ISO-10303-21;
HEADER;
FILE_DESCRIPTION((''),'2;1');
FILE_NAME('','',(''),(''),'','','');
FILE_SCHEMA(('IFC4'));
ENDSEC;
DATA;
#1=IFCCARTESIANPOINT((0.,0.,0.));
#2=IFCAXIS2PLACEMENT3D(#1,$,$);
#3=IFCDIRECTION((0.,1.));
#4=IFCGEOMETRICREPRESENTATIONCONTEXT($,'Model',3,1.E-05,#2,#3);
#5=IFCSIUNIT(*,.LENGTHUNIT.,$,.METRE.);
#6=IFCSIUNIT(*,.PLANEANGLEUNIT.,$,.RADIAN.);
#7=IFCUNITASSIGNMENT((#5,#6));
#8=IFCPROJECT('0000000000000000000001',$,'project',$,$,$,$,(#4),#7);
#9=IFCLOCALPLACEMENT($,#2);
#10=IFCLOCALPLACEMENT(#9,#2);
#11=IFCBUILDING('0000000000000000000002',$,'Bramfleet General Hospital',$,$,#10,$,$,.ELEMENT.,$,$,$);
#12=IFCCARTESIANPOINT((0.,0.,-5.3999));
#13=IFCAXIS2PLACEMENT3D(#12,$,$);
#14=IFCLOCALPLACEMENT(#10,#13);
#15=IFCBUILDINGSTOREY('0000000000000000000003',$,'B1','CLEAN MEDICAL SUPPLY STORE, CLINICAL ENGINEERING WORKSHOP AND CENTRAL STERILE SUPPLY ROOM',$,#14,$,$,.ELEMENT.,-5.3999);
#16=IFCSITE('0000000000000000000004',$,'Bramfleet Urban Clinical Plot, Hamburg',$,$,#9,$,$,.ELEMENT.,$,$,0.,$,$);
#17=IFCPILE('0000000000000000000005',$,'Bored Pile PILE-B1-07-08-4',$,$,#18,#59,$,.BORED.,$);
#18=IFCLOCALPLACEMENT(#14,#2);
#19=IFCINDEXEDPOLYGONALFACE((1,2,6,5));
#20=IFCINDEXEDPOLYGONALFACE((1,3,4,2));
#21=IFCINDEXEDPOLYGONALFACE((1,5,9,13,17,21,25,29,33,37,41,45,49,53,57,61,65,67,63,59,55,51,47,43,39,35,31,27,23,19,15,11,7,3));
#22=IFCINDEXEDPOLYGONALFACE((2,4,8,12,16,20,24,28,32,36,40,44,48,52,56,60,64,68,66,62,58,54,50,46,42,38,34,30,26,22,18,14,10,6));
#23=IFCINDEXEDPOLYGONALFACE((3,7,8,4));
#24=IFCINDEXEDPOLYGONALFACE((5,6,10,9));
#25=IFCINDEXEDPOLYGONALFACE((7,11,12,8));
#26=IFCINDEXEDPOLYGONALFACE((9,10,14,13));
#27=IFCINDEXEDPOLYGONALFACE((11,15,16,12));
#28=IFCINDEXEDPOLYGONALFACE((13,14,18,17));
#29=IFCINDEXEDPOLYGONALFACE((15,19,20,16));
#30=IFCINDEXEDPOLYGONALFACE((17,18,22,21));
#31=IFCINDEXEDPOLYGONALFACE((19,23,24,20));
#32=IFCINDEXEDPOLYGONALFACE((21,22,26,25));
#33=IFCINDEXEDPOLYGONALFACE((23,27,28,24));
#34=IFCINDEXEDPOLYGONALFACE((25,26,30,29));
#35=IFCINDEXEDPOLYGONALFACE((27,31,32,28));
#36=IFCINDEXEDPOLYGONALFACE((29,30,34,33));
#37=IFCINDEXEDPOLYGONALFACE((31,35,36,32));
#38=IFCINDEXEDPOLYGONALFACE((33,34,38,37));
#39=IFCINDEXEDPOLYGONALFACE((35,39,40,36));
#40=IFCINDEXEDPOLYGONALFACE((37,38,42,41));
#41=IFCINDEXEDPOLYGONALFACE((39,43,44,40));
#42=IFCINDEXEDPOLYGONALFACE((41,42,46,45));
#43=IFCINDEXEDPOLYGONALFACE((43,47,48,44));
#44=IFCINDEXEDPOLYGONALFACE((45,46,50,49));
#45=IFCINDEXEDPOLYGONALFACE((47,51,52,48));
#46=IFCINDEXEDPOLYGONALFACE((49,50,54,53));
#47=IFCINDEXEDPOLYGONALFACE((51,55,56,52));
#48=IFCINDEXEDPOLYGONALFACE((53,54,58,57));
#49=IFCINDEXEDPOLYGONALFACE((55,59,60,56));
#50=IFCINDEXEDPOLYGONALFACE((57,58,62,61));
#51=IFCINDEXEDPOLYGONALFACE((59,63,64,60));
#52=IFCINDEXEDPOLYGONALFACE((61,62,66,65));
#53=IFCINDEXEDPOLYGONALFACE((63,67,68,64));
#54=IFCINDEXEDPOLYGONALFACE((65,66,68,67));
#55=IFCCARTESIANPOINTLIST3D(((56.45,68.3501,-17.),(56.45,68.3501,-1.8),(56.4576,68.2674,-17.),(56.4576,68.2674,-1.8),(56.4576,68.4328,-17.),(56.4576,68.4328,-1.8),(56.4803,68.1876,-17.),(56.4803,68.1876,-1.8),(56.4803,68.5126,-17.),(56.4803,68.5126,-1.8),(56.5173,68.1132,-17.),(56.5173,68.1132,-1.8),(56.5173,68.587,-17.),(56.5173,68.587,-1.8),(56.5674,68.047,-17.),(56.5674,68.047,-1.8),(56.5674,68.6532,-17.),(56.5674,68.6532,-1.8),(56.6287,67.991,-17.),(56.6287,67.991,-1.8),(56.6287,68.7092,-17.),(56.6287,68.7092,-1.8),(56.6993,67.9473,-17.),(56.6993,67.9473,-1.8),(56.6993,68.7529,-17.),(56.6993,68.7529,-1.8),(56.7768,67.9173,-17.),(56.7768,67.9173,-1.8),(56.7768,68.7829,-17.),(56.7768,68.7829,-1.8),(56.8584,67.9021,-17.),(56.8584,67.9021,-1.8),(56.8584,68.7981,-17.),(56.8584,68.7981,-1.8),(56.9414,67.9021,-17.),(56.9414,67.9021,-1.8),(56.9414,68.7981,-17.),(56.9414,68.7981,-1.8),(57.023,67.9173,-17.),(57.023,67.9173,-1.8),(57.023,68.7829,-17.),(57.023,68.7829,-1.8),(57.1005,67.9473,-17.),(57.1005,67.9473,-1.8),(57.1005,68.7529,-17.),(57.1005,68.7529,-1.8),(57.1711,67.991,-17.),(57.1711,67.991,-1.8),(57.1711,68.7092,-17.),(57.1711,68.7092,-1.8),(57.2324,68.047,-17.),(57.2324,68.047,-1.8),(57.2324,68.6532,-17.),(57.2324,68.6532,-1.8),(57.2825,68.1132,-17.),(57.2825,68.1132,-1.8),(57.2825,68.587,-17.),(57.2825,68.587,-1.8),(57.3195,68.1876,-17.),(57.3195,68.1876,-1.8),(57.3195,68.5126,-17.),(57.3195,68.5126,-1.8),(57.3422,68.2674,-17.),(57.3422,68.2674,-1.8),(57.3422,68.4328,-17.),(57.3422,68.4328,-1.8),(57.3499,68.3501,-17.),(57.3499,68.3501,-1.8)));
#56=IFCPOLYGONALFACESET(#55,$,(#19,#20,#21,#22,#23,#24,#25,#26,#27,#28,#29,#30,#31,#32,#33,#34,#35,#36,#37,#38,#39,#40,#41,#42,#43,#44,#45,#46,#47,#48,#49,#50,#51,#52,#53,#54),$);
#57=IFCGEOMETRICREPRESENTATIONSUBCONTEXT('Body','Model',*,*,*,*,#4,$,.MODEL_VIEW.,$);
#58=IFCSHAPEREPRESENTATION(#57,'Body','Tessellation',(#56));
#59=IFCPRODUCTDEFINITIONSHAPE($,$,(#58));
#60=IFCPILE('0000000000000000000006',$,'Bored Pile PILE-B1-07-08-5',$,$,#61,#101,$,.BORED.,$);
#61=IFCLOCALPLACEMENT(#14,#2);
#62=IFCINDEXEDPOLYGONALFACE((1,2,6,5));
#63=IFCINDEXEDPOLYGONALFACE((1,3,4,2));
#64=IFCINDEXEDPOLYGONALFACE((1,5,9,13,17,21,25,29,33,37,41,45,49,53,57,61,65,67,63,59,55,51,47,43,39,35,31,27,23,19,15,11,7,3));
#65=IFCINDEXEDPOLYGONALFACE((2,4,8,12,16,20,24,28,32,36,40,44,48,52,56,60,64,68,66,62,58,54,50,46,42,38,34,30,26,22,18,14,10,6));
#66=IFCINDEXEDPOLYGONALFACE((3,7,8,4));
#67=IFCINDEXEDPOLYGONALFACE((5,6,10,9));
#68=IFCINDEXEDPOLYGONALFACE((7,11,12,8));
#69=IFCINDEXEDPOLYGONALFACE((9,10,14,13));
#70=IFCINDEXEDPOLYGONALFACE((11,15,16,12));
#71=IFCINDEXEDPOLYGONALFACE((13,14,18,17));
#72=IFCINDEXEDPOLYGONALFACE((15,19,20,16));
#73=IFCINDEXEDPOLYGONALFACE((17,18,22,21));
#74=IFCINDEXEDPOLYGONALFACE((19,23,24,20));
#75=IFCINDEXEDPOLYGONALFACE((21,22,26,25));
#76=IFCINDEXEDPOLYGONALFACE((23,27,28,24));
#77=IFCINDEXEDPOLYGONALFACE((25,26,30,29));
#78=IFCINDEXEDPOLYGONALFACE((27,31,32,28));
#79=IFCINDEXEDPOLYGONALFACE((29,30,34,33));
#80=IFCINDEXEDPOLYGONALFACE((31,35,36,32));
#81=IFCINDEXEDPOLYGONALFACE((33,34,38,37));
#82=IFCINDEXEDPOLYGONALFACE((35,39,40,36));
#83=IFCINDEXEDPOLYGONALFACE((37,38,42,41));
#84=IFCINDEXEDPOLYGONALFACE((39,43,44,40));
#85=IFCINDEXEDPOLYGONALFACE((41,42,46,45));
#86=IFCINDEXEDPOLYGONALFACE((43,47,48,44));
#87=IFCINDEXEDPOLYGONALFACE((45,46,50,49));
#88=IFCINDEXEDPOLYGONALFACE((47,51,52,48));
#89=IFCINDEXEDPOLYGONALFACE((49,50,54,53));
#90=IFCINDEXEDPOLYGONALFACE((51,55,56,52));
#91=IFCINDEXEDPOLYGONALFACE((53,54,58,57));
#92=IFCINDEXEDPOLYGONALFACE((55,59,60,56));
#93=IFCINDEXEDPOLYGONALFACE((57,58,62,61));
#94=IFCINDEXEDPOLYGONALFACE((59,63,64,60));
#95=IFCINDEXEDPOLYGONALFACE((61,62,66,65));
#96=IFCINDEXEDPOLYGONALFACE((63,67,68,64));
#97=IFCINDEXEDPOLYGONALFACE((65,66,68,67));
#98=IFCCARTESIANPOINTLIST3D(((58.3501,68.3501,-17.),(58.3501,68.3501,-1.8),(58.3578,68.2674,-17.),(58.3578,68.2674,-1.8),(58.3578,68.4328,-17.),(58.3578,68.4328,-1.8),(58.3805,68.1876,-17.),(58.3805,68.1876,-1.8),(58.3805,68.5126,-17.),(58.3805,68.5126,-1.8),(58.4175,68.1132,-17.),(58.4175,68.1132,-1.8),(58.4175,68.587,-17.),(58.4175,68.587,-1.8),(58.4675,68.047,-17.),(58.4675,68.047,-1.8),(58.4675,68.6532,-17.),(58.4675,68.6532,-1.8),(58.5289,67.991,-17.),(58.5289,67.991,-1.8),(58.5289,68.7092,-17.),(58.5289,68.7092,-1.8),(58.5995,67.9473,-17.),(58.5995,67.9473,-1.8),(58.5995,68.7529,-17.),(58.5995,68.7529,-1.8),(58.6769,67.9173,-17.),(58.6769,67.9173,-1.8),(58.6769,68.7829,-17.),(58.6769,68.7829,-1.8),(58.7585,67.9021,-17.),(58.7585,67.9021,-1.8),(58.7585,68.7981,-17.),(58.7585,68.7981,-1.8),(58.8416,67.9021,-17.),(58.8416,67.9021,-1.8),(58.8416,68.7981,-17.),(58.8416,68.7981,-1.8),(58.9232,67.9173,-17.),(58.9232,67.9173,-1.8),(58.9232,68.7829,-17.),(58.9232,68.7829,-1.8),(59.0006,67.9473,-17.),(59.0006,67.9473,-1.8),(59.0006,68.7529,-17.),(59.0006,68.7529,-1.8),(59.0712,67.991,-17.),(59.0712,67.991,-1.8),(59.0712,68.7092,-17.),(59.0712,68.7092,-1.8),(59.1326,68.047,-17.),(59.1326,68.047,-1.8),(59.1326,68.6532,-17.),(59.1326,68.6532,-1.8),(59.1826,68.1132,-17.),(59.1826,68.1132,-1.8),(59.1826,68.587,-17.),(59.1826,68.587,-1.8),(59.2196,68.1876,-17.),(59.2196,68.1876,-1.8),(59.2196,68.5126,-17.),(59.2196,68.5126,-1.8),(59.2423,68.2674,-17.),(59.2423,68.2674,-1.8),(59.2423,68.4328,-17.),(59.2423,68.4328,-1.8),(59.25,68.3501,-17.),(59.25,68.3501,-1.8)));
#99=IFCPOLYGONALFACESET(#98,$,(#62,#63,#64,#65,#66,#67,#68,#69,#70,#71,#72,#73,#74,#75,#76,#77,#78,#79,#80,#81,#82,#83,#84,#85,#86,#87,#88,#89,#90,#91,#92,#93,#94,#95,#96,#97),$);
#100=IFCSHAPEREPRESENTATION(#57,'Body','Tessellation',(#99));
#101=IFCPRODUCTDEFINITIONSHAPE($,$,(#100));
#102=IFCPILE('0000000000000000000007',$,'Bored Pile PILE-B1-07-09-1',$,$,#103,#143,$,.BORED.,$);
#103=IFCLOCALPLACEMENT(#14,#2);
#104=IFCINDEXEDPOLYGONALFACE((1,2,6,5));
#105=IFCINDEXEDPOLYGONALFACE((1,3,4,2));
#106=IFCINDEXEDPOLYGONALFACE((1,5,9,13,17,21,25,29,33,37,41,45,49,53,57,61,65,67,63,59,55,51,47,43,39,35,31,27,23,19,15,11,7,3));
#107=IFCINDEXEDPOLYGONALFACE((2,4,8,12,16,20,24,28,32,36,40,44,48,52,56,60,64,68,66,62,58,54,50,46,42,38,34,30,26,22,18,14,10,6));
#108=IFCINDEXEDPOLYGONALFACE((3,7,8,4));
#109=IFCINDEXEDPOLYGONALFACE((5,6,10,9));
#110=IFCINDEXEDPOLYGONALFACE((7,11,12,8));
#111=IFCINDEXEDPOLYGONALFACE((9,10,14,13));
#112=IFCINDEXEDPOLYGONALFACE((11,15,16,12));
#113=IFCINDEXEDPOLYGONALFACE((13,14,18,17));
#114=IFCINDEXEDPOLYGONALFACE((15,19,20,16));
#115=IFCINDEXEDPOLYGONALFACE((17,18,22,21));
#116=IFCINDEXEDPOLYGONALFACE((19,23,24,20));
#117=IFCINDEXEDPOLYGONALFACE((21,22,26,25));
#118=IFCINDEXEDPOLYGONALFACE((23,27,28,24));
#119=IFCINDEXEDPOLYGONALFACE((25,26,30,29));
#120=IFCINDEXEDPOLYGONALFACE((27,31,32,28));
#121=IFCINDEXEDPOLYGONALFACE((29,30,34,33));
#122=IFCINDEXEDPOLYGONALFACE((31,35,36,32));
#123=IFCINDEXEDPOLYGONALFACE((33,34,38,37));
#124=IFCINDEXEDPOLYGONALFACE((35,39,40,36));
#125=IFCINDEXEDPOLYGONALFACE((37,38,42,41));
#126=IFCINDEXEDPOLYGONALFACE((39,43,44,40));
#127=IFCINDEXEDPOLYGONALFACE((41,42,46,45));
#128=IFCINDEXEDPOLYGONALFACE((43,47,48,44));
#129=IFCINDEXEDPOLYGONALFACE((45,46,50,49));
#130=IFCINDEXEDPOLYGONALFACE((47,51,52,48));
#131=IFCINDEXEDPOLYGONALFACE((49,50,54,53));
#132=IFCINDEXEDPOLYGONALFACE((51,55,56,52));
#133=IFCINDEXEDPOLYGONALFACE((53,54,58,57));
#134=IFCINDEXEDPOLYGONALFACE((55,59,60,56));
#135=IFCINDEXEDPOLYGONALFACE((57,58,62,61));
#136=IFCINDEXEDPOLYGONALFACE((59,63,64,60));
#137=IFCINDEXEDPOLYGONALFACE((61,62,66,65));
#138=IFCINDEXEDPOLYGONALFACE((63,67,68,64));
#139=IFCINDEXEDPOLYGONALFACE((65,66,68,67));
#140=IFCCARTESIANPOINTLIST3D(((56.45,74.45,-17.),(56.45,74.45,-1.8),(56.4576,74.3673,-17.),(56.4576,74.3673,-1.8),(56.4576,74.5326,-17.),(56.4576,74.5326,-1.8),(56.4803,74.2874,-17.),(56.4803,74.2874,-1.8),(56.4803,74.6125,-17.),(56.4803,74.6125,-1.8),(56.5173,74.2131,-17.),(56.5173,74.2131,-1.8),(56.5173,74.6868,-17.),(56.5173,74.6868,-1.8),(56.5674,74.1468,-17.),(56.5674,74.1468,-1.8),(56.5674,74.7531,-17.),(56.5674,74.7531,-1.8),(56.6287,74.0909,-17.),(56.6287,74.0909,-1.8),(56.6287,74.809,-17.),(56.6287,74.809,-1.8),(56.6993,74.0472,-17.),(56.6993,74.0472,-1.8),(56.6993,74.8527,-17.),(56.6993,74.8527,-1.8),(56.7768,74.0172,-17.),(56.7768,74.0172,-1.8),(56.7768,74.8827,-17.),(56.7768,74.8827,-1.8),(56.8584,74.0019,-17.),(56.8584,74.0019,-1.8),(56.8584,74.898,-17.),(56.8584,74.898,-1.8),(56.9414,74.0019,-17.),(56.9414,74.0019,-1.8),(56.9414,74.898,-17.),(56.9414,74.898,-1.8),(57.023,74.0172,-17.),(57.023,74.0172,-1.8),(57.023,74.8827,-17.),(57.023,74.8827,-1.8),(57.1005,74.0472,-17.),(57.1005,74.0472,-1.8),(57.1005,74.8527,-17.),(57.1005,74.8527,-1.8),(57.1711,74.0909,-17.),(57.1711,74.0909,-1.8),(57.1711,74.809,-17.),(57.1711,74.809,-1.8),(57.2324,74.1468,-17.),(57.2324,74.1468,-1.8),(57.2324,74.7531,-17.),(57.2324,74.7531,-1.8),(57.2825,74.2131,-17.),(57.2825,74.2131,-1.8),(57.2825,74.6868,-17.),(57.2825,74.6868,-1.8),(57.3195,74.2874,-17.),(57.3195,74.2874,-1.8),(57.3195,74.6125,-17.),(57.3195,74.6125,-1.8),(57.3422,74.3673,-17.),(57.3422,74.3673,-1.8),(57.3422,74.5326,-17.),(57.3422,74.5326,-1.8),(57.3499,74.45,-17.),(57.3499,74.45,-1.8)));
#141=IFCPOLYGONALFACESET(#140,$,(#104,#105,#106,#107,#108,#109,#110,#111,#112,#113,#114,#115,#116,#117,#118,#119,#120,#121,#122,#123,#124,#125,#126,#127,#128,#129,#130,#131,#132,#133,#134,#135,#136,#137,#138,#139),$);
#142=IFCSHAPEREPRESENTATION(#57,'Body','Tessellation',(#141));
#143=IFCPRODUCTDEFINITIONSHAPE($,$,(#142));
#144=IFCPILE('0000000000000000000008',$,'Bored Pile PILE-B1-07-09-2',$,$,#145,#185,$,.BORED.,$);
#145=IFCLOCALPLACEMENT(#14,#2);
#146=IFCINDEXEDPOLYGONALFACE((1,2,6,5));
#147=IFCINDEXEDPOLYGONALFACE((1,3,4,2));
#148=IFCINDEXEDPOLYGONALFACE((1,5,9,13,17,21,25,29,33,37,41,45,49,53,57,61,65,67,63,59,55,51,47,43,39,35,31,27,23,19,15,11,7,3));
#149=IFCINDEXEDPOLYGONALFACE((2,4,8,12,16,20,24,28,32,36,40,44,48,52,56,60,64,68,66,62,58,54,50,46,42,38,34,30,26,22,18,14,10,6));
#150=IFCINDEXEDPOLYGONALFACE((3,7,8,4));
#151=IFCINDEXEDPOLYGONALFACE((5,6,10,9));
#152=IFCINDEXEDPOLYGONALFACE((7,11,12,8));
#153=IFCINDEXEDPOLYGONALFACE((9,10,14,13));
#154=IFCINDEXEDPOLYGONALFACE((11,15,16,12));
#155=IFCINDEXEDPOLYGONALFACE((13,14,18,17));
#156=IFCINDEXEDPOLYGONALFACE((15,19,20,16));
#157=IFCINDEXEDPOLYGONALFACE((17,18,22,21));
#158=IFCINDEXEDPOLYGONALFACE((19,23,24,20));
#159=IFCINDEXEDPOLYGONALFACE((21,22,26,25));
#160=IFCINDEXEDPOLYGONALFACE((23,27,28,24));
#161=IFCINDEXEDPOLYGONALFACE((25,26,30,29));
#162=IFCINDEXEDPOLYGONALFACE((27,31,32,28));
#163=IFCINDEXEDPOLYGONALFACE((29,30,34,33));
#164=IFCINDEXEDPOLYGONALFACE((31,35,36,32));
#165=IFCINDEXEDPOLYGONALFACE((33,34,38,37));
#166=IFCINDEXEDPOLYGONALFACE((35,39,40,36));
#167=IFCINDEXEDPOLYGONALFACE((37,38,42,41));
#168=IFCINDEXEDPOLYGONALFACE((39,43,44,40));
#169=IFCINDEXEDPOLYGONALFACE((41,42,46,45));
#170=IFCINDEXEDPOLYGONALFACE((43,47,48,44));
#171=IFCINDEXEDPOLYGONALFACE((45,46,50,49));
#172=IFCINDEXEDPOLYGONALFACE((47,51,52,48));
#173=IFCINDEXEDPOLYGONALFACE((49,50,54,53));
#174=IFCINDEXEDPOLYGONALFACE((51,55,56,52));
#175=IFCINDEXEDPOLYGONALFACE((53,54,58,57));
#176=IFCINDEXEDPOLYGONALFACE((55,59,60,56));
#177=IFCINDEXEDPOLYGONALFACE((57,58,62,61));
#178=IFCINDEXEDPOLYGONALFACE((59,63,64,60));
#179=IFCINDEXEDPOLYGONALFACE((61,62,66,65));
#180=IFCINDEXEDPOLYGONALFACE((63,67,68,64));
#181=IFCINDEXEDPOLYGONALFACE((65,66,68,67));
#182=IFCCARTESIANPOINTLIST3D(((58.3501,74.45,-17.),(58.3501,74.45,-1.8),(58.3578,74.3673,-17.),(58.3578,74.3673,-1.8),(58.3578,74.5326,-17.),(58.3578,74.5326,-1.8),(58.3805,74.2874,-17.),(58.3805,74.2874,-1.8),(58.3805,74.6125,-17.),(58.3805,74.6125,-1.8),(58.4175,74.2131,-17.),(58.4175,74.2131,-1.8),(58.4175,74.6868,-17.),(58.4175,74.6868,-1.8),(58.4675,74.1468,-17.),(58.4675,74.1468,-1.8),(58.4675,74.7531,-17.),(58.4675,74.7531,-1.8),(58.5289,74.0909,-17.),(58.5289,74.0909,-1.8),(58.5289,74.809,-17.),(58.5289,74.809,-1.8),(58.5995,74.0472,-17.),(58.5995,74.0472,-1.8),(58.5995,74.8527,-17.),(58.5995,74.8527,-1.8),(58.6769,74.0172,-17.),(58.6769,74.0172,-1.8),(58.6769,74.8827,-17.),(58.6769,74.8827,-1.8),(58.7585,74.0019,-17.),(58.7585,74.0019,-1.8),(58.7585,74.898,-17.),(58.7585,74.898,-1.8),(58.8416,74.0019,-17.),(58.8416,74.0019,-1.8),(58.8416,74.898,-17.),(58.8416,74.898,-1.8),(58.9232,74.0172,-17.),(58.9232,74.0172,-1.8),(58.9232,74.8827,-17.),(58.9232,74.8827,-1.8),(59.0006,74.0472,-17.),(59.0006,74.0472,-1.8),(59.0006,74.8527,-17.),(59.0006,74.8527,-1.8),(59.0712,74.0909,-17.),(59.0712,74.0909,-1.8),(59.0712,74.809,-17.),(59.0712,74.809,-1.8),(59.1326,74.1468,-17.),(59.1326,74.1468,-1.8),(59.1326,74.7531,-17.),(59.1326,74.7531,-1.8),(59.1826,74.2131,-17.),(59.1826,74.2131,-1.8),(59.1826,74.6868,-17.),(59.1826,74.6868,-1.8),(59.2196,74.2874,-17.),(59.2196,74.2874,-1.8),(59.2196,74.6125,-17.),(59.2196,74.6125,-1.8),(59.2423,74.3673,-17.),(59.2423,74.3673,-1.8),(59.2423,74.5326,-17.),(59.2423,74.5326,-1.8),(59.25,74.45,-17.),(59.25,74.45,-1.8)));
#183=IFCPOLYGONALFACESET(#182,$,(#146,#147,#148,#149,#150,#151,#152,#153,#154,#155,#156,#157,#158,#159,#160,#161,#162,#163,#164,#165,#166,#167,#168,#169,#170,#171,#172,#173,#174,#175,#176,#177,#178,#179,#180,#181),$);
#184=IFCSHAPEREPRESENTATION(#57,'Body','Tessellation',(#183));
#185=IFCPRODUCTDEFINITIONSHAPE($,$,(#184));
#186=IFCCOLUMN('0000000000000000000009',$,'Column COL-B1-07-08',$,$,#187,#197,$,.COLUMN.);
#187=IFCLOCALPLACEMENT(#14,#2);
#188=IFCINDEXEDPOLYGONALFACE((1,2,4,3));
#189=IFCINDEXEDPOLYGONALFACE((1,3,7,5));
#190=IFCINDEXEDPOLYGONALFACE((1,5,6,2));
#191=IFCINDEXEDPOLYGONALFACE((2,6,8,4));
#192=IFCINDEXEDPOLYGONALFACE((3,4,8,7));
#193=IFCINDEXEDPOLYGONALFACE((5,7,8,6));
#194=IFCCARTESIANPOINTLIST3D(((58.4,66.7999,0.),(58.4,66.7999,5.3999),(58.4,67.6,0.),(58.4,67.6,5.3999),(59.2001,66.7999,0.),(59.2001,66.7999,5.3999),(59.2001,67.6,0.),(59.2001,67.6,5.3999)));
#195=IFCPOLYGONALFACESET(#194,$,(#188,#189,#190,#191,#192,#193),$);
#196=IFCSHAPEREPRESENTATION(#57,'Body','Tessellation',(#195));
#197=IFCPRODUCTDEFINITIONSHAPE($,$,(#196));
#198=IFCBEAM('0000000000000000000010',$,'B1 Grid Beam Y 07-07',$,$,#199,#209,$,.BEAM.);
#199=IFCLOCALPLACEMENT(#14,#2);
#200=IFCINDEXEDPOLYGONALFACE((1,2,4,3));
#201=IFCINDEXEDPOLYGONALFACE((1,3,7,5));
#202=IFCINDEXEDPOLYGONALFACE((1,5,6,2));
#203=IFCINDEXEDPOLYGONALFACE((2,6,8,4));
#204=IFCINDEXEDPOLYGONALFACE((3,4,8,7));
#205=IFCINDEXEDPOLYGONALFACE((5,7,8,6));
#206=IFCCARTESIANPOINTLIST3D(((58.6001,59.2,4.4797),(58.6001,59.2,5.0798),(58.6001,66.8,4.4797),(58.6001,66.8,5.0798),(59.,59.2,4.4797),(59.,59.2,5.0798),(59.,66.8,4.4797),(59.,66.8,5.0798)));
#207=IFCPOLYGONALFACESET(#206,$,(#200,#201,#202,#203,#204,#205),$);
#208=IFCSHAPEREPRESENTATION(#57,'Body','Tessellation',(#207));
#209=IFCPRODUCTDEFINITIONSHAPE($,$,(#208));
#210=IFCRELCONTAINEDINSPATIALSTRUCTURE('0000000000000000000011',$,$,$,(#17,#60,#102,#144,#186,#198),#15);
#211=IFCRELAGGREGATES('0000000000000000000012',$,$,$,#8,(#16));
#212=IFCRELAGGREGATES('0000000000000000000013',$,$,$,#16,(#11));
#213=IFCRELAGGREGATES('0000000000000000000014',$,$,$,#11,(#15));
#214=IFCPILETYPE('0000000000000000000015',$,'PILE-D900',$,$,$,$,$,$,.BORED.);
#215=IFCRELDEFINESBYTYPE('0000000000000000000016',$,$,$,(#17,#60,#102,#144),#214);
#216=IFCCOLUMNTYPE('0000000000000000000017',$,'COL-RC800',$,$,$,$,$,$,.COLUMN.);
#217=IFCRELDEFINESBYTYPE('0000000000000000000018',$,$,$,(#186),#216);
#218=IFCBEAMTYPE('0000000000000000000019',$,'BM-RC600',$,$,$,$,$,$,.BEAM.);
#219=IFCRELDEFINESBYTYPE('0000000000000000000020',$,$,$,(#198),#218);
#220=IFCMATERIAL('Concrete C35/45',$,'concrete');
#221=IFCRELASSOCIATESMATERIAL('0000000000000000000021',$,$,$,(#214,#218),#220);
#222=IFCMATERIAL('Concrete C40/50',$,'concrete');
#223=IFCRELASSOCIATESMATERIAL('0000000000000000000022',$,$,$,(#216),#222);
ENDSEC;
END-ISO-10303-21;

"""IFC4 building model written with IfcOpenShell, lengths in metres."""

from ifc_helpers import new_model, si_unit, direction, frame, origin, origin_2d, place, context, subcontext, project, spatial, rectangle, circle, extrude, material, material_profile, profile_set, type_object, element, save


model = new_model("IFC4")

# Units and contexts
model_context = context("Model", 3, precision=1e-05, world=origin(), true_north=direction((0.0, 1.0)))
body_context = subcontext(model_context, "Body", "Model", "MODEL_VIEW")
ifc_project = project(units=[si_unit("LENGTHUNIT", "METRE"), si_unit("PLANEANGLEUNIT", "RADIAN")], contexts=[model_context])

# Site, building, storey
site_placement = place(None, origin())
site = spatial("IfcSite", under=ifc_project, at=site_placement, Name="Bramfleet Urban Clinical Plot, Hamburg", CompositionType="ELEMENT", RefElevation=0.0)
building_placement = place(site_placement, origin())
building = spatial("IfcBuilding", under=site, at=building_placement, Name="Bramfleet General Hospital", CompositionType="ELEMENT")
storey_placement = place(building_placement, frame((0.0, 0.0, -5.3999)))
storey = spatial("IfcBuildingStorey", under=building, at=storey_placement, Name="B1", Description="CLEAN MEDICAL SUPPLY STORE, CLINICAL ENGINEERING WORKSHOP AND CENTRAL STERILE SUPPLY ROOM", CompositionType="ELEMENT", Elevation=-5.3999)

# Shared definitions
ifc_material_1 = material(Name="Concrete C35/45", Category="concrete")

# Piles
ifc_material_profile_1 = material_profile(ifc_material_1, circle(Radius=0.45, at=origin_2d()), Name="PILE BORED D900")
ifc_profile_set_1 = profile_set([ifc_material_profile_1], Name="Concrete C35/45")
pile_type = type_object("IfcPileType", Name="PILE-D900", PredefinedType="BORED", material=ifc_profile_set_1)
for number, where, z_axis, x_axis, name in (
    (1, (56.8999, 68.3501, -1.8), (0.0, 0.0, -1.0), (1.0, 0.0, 0.0), "Bored Pile PILE-B1-07-08-4"),
    (2, (58.8, 68.3501, -1.8), (0.0, 0.0, -1.0), (1.0, 0.0, 0.0), "Bored Pile PILE-B1-07-08-5"),
    (3, (56.8999, 74.45, -1.8), (0.0, 0.0, -1.0), (1.0, 0.0, 0.0), "Bored Pile PILE-B1-07-09-1"),
    (4, (58.8, 74.45, -1.8), (0.0, 0.0, -1.0), (1.0, 0.0, 0.0), "Bored Pile PILE-B1-07-09-2"),
):
    element("IfcPile", number, at=place(storey_placement, frame(where, z_axis=z_axis, x_axis=x_axis)), inside=storey, type_object=pile_type, Name=name, PredefinedType="BORED", context=body_context, shape_type="SweptSolid", body=[
        extrude(circle(Radius=0.45, at=origin_2d()), origin(), (0.0, 0.0, 1.0), 15.2),
    ])

# Column
ifc_material_2 = material(Name="Concrete C40/50", Category="concrete")
ifc_material_profile_2 = material_profile(ifc_material_2, rectangle(XDim=0.8, YDim=0.8, at=origin_2d()), Name="RC COL 800x800")
ifc_profile_set_2 = profile_set([ifc_material_profile_2], Name="Concrete C40/50")
column_type = type_object("IfcColumnType", Name="COL-RC800", PredefinedType="COLUMN", material=ifc_profile_set_2)
column_placement = place(storey_placement, frame((58.8, 67.2, 0.0), z_axis=(0.0, 0.0, 1.0), x_axis=(1.0, 0.0, 0.0)))
element("IfcColumn", 5, at=column_placement, inside=storey, type_object=column_type, Name="Column COL-B1-07-08", PredefinedType="COLUMN", context=body_context, shape_type="SweptSolid", body=[
    extrude(rectangle(XDim=0.8, YDim=0.8, at=origin_2d()), origin(), (0.0, 0.0, 1.0), 5.3999),
])

# Beam
ifc_material_profile_3 = material_profile(ifc_material_1, rectangle(XDim=0.3999, YDim=0.6001, at=origin_2d()), Name="RC BM 600x400")
ifc_profile_set_3 = profile_set([ifc_material_profile_3], Name="Concrete C35/45")
beam_type_1 = type_object("IfcBeamType", Name="BM-RC600", PredefinedType="BEAM", material=ifc_profile_set_3)
beam_1_placement = place(storey_placement, frame((58.8, 59.2, 4.7798), z_axis=(0.0, 1.0, 0.0), x_axis=(-1.0, 0.0, 0.0)))
element("IfcBeam", 6, at=beam_1_placement, inside=storey, type_object=beam_type_1, Name="B1 Grid Beam Y 07-07", PredefinedType="BEAM", context=body_context, shape_type="SweptSolid", body=[
    extrude(rectangle(XDim=0.3999, YDim=0.6001, at=origin_2d()), origin(), (0.0, 0.0, 1.0), 7.6001),
])

save(model, "model.ifc")
